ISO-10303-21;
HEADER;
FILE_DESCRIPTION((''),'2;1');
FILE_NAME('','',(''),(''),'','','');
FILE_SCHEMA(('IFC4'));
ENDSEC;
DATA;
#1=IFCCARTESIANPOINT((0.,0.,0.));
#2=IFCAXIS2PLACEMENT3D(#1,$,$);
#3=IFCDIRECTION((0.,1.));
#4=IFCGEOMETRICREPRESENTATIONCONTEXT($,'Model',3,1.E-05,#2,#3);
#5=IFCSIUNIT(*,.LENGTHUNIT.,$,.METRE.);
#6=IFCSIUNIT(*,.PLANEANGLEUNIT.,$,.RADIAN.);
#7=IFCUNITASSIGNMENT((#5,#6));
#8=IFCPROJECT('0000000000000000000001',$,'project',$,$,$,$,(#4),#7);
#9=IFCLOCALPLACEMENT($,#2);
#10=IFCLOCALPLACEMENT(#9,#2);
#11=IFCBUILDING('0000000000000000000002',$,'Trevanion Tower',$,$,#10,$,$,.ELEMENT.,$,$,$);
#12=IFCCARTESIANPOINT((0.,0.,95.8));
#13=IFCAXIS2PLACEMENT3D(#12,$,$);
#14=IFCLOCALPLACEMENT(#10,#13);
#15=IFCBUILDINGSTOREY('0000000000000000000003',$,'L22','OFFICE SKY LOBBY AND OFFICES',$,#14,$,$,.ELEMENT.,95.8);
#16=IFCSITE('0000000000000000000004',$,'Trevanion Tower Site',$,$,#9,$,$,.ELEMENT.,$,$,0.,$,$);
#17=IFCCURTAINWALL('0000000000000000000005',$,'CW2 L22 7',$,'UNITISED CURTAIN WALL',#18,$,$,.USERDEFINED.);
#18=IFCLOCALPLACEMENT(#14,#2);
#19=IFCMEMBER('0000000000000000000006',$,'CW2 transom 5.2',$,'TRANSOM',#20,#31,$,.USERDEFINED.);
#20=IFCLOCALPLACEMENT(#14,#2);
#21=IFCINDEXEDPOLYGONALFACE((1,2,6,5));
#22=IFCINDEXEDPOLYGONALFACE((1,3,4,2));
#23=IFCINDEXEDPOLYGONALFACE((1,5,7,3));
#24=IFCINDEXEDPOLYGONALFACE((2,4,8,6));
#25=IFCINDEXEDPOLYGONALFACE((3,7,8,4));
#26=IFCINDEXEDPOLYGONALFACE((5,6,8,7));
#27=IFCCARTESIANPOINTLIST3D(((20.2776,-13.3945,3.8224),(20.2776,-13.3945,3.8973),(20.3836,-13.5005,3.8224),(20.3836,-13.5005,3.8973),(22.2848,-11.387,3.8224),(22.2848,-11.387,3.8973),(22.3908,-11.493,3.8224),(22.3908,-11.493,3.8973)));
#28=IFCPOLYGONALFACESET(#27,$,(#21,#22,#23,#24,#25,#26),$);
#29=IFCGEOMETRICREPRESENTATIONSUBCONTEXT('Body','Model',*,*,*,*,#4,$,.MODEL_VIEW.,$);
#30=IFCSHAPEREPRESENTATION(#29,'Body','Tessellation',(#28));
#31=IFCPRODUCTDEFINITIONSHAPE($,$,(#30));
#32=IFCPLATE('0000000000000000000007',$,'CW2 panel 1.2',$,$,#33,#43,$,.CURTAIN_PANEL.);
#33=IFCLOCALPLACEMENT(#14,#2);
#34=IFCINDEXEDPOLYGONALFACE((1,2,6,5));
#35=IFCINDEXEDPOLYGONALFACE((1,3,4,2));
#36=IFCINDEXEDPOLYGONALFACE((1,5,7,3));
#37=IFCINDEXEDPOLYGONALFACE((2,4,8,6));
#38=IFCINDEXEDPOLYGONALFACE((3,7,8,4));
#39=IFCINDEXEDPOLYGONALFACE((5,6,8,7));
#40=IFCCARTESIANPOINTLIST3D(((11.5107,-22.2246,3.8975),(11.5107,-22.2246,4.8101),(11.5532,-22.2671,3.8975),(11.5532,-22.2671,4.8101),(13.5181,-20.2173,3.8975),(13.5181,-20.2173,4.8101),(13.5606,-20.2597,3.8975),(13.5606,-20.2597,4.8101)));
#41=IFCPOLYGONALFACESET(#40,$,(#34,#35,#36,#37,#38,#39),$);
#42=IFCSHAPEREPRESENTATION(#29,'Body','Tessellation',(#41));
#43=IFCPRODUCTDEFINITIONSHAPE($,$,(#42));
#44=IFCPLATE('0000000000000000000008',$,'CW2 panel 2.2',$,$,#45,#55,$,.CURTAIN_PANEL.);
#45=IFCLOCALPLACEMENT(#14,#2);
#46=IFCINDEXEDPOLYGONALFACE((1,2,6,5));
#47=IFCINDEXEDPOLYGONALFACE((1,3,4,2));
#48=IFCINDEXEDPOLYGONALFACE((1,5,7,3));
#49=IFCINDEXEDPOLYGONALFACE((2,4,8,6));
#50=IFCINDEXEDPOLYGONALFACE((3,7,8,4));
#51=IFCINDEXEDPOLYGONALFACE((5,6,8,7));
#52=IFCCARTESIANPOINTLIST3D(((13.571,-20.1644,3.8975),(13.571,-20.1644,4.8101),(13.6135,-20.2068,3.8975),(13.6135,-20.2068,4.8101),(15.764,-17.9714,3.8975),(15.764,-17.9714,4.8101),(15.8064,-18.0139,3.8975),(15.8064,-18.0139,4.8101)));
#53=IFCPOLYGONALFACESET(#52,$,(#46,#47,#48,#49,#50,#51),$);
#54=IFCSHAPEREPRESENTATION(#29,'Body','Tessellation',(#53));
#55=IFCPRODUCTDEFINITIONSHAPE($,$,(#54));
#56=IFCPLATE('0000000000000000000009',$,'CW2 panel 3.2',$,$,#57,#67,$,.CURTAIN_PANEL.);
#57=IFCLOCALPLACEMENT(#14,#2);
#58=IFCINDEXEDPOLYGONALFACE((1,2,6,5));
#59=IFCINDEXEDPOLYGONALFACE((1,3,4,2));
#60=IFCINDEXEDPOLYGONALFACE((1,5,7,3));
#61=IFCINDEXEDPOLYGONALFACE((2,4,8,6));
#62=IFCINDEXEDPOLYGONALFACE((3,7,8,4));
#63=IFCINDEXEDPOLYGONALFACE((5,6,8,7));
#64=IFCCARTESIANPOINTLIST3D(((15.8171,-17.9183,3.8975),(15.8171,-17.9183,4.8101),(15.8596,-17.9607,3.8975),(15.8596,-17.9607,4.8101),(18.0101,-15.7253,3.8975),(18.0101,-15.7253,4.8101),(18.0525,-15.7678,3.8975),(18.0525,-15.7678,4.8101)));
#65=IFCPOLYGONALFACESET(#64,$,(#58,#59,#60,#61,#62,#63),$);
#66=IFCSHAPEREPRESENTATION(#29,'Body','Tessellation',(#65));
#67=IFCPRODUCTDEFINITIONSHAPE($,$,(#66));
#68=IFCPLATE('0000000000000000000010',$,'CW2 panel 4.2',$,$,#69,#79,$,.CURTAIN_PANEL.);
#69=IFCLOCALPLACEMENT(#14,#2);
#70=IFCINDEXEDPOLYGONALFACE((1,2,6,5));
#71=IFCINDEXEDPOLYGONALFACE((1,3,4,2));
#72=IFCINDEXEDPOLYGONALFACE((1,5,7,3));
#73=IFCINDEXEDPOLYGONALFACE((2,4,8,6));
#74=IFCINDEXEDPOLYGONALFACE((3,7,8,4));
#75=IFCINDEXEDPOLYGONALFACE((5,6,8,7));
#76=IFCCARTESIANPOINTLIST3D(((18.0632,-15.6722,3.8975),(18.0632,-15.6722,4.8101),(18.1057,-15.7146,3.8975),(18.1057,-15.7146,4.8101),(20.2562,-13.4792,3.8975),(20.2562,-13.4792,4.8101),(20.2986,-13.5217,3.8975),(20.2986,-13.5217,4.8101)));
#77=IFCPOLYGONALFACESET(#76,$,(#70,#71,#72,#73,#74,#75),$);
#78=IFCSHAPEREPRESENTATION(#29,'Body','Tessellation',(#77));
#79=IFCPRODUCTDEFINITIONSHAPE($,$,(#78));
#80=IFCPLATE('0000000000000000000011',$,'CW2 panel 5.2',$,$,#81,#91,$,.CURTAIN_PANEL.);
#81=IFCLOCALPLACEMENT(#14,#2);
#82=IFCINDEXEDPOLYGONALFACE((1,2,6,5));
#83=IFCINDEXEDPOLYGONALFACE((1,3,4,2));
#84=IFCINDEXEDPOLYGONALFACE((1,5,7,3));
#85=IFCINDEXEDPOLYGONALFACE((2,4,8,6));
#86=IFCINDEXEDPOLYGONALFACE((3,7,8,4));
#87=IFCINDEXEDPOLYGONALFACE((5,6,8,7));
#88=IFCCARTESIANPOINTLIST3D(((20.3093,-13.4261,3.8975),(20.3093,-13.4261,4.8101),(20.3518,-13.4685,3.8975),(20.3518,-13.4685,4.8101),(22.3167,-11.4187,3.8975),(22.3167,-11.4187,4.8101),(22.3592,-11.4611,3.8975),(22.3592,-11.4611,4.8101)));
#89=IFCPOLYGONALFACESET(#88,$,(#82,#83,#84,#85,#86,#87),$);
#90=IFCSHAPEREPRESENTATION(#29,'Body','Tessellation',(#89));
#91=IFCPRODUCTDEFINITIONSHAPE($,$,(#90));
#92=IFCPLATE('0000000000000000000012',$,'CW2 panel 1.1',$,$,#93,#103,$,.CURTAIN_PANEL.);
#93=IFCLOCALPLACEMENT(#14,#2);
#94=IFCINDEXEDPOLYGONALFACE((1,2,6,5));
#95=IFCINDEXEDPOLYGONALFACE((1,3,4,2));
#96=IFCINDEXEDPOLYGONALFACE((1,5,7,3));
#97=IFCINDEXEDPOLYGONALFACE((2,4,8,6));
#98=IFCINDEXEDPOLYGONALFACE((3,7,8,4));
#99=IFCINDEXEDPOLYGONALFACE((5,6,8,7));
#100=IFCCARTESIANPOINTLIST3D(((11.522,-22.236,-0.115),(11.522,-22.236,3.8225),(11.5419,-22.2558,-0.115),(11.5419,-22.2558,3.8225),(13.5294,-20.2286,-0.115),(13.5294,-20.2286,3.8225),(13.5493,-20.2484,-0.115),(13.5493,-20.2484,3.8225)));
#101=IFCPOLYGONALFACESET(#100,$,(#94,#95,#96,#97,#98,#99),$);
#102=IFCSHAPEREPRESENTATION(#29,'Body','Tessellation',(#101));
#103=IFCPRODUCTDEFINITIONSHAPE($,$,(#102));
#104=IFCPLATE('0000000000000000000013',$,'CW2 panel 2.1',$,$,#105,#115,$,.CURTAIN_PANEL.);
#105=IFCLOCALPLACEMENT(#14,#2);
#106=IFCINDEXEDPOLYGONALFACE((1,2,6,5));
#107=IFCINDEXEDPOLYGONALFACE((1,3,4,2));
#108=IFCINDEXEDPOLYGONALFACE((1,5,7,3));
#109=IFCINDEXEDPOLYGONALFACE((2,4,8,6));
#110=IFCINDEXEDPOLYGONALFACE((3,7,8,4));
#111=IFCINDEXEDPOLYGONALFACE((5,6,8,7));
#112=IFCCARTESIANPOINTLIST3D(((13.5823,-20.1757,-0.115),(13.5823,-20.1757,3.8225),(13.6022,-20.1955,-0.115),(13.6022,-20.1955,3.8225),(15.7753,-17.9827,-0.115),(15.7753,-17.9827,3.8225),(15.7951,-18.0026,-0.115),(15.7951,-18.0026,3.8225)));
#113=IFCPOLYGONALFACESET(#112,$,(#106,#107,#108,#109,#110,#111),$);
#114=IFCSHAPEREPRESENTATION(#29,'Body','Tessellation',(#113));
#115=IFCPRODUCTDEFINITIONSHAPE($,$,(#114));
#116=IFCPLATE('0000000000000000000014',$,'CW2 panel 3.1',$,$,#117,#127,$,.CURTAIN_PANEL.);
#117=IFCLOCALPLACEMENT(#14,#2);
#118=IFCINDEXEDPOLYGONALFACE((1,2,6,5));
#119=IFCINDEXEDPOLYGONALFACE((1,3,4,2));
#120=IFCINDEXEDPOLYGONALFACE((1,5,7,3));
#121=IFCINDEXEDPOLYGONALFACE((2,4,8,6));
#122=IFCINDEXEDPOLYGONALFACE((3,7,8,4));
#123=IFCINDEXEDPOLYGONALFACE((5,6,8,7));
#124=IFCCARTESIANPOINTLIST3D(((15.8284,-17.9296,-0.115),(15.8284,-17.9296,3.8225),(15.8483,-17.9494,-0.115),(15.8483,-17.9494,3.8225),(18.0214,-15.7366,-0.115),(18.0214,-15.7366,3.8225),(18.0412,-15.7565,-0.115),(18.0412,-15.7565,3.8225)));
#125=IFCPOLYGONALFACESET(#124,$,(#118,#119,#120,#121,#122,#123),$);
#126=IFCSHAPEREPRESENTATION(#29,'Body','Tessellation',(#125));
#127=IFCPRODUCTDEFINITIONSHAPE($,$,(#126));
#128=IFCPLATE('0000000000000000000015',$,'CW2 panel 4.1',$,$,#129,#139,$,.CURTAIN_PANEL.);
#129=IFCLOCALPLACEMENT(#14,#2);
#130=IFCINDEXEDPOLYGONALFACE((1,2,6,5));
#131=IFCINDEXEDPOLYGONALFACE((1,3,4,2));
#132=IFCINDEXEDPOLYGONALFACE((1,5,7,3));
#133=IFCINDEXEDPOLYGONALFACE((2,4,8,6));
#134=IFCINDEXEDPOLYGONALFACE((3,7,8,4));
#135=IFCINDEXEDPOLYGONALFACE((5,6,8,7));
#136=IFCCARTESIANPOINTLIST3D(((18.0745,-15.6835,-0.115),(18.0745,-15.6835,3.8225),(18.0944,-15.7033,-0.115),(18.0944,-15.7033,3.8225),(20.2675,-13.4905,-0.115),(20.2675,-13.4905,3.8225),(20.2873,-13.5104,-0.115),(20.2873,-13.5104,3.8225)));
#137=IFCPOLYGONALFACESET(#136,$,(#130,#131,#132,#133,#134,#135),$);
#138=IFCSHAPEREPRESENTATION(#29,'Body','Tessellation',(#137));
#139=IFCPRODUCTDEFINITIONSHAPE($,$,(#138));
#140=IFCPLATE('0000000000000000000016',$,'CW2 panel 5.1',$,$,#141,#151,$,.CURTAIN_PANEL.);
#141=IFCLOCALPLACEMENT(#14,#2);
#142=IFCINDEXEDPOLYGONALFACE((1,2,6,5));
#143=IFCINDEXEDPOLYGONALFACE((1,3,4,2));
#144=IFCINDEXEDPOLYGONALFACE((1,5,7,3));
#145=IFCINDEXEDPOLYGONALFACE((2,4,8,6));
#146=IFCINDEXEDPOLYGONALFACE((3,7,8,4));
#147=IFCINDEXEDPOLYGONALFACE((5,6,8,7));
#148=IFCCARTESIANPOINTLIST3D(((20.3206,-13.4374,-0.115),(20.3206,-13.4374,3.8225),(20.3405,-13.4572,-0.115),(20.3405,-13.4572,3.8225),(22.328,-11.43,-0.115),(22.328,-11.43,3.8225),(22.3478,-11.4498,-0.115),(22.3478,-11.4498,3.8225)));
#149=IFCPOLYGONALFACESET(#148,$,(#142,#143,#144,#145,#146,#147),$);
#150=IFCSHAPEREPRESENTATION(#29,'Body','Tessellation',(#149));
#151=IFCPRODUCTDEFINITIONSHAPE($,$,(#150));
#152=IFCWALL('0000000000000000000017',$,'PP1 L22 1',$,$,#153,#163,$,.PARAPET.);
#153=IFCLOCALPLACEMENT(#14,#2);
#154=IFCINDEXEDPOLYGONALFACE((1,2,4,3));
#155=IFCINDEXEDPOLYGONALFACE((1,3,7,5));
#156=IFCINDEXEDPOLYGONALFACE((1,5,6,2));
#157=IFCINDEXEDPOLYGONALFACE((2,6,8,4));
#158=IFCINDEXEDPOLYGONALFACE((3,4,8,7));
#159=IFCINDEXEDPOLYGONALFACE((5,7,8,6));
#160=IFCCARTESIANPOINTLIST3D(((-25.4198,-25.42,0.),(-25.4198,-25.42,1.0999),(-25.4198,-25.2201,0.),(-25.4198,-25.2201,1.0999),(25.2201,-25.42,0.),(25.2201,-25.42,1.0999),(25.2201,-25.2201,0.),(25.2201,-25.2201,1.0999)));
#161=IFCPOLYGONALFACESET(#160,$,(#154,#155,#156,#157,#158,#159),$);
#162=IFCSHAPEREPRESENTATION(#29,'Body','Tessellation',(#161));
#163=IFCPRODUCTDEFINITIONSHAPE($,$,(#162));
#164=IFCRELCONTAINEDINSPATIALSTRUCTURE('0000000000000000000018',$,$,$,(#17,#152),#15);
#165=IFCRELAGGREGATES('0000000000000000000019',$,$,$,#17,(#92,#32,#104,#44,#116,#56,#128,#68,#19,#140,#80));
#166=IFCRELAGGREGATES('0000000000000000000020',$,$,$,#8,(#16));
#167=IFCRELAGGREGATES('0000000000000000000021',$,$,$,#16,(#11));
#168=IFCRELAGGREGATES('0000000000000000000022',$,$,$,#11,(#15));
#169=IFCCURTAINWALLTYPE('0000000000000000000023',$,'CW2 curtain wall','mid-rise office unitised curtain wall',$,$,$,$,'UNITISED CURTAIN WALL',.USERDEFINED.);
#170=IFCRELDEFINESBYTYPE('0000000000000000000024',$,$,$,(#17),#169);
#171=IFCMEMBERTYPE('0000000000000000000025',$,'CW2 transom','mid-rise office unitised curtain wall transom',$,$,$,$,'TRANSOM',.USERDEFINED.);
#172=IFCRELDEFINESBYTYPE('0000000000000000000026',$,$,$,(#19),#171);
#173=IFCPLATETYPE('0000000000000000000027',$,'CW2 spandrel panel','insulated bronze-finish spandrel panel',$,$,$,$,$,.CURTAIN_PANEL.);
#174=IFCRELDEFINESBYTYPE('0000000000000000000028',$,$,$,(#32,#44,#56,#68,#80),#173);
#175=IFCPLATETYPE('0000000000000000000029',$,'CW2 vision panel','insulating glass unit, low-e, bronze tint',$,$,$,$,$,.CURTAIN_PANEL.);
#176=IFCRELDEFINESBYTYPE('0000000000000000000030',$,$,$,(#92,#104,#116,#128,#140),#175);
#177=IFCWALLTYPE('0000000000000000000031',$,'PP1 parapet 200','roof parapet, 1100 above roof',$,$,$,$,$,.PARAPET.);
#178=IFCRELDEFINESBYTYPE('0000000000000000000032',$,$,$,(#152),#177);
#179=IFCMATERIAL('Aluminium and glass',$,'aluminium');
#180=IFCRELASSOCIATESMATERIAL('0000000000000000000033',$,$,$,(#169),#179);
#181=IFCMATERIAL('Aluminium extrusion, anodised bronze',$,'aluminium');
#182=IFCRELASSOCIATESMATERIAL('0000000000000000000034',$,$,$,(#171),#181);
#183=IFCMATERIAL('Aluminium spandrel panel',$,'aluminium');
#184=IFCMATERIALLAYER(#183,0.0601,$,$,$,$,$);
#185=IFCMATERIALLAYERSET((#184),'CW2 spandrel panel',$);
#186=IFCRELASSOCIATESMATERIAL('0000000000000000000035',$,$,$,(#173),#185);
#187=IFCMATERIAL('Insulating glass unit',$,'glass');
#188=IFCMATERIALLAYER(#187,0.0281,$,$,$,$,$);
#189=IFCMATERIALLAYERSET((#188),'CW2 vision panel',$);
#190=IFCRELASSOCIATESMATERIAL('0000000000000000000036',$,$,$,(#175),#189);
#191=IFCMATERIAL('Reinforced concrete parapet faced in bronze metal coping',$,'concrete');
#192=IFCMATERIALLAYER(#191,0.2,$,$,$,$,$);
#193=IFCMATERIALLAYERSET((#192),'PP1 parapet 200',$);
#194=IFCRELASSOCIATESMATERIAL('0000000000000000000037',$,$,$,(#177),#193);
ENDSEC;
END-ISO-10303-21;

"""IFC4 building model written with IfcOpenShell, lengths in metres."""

from ifc_helpers import new_model, si_unit, direction, frame, frame_2d, origin, origin_2d, place, context, subcontext, project, spatial, rectangle, extrude, material, layer, layer_set, material_profile, profile_set, type_object, element, aggregate, save


model = new_model("IFC4")

# Units and contexts
model_context = context("Model", 3, precision=1e-05, world=origin(), true_north=direction((0.0, 1.0)))
body_context = subcontext(model_context, "Body", "Model", "MODEL_VIEW")
ifc_project = project(units=[si_unit("LENGTHUNIT", "METRE"), si_unit("PLANEANGLEUNIT", "RADIAN")], contexts=[model_context])

# Site, building, storey
site_placement = place(None, origin())
site = spatial("IfcSite", under=ifc_project, at=site_placement, Name="Trevanion Tower Site", CompositionType="ELEMENT", RefElevation=0.0)
building_placement = place(site_placement, origin())
building = spatial("IfcBuilding", under=site, at=building_placement, Name="Trevanion Tower", CompositionType="ELEMENT")
storey_placement = place(building_placement, frame((0.0, 0.0, 95.8)))
storey = spatial("IfcBuildingStorey", under=building, at=storey_placement, Name="L22", Description="OFFICE SKY LOBBY AND OFFICES", CompositionType="ELEMENT", Elevation=95.8)

# Curtain wall, member, plates
ifc_material_1 = material(Name="Aluminium and glass", Category="aluminium")
curtain_wall_type = type_object("IfcCurtainWallType", Name="CW2 curtain wall", Description="mid-rise office unitised curtain wall", ElementType="UNITISED CURTAIN WALL", PredefinedType="USERDEFINED", material=ifc_material_1)
curtain_wall_placement = place(storey_placement, origin())
curtain_wall = element("IfcCurtainWall", 1, at=curtain_wall_placement, inside=storey, type_object=curtain_wall_type, Name="CW2 L22 7", ObjectType="UNITISED CURTAIN WALL", PredefinedType="USERDEFINED")
ifc_material_2 = material(Name="Aluminium extrusion, anodised bronze", Category="aluminium")
ifc_material_profile_1 = material_profile(ifc_material_2, rectangle(XDim=0.1499, YDim=0.075, at=origin_2d()), Name="CW2 transom")
ifc_profile_set_1 = profile_set([ifc_material_profile_1], Name="Aluminium extrusion, anodised bronze")
member_type_1 = type_object("IfcMemberType", Name="CW2 transom", Description="mid-rise office unitised curtain wall transom", ElementType="TRANSOM", PredefinedType="USERDEFINED", material=ifc_profile_set_1)
member_1_placement = place(storey_placement, frame((20.3306, -13.4475, 3.8599), z_axis=(0.707064, 0.70715, 0.0), x_axis=(-0.70715, 0.707064, 0.0)))
member_1 = element("IfcMember", 2, at=member_1_placement, type_object=member_type_1, Name="CW2 transom 5.2", ObjectType="TRANSOM", PredefinedType="USERDEFINED", context=body_context, shape_type="SweptSolid", body=[
    extrude(rectangle(XDim=0.1499, YDim=0.075, at=origin_2d()), origin(), (0.0, 0.0, 1.0), 2.8389),
])
ifc_material_3 = material(Name="Aluminium spandrel panel", Category="aluminium")
ifc_layer_1 = layer(ifc_material_3, 0.0601)
ifc_layer_set_1 = layer_set([ifc_layer_1], Name="CW2 spandrel panel")
plate_type_1 = type_object("IfcPlateType", Name="CW2 spandrel panel", Description="insulated bronze-finish spandrel panel", PredefinedType="CURTAIN_PANEL", material=ifc_layer_set_1)
plate_1_placement = place(storey_placement, frame((12.5356, -21.2422, 3.8975), z_axis=(0.0, 0.0, 1.0), x_axis=(0.707107, 0.707107, 0.0)))
plate_1 = element("IfcPlate", 3, at=plate_1_placement, type_object=plate_type_1, Name="CW2 panel 1.2", PredefinedType="CURTAIN_PANEL", context=body_context, shape_type="SweptSolid", body=[
    extrude(rectangle(XDim=2.8389, YDim=0.0601, at=origin_2d()), origin(), (0.0, 0.0, 1.0), 0.9126),
])
plate_2_placement = place(storey_placement, frame((14.6887, -19.0891, 3.8975), z_axis=(0.0, 0.0, 1.0), x_axis=(0.707107, 0.707107, 0.0)))
plate_2 = element("IfcPlate", 4, at=plate_2_placement, type_object=plate_type_1, Name="CW2 panel 2.2", PredefinedType="CURTAIN_PANEL", context=body_context, shape_type="SweptSolid", body=[
    extrude(rectangle(XDim=3.1013, YDim=0.0601, at=origin_2d()), origin(), (0.0, 0.0, 1.0), 0.9126),
])
plate_3_placement = place(storey_placement, frame((16.9348, -16.843, 3.8975), z_axis=(0.0, 0.0, 1.0), x_axis=(0.707107, 0.707107, 0.0)))
plate_3 = element("IfcPlate", 5, at=plate_3_placement, type_object=plate_type_1, Name="CW2 panel 3.2", PredefinedType="CURTAIN_PANEL", context=body_context, shape_type="SweptSolid", body=[
    extrude(rectangle(XDim=3.1013, YDim=0.0601, at=origin_2d()), origin(), (0.0, 0.0, 1.0), 0.9126),
])
plate_4_placement = place(storey_placement, frame((19.1809, -14.5969, 3.8975), z_axis=(0.0, 0.0, 1.0), x_axis=(0.707107, 0.707107, 0.0)))
plate_4 = element("IfcPlate", 6, at=plate_4_placement, type_object=plate_type_1, Name="CW2 panel 4.2", PredefinedType="CURTAIN_PANEL", context=body_context, shape_type="SweptSolid", body=[
    extrude(rectangle(XDim=3.1013, YDim=0.0601, at=origin_2d()), origin(), (0.0, 0.0, 1.0), 0.9126),
])
plate_5_placement = place(storey_placement, frame((21.3342, -12.4436, 3.8975), z_axis=(0.0, 0.0, 1.0), x_axis=(0.707107, 0.707107, 0.0)))
plate_5 = element("IfcPlate", 7, at=plate_5_placement, type_object=plate_type_1, Name="CW2 panel 5.2", PredefinedType="CURTAIN_PANEL", context=body_context, shape_type="SweptSolid", body=[
    extrude(rectangle(XDim=2.8389, YDim=0.0601, at=origin_2d()), origin(), (0.0, 0.0, 1.0), 0.9126),
])
ifc_material_4 = material(Name="Insulating glass unit", Category="glass")
ifc_layer_2 = layer(ifc_material_4, 0.0281)
ifc_layer_set_2 = layer_set([ifc_layer_2], Name="CW2 vision panel")
plate_type_2 = type_object("IfcPlateType", Name="CW2 vision panel", Description="insulating glass unit, low-e, bronze tint", PredefinedType="CURTAIN_PANEL", material=ifc_layer_set_2)
plate_6_placement = place(storey_placement, frame((12.5356, -21.2422, -0.115), z_axis=(0.0, 0.0, 1.0), x_axis=(0.707107, 0.707107, 0.0)))
plate_6 = element("IfcPlate", 8, at=plate_6_placement, type_object=plate_type_2, Name="CW2 panel 1.1", PredefinedType="CURTAIN_PANEL", context=body_context, shape_type="SweptSolid", body=[
    extrude(rectangle(XDim=2.8389, YDim=0.0281, at=origin_2d()), origin(), (0.0, 0.0, 1.0), 3.9375),
])
plate_7_placement = place(storey_placement, frame((14.6887, -19.0891, -0.115), z_axis=(0.0, 0.0, 1.0), x_axis=(0.707107, 0.707107, 0.0)))
plate_7 = element("IfcPlate", 9, at=plate_7_placement, type_object=plate_type_2, Name="CW2 panel 2.1", PredefinedType="CURTAIN_PANEL", context=body_context, shape_type="SweptSolid", body=[
    extrude(rectangle(XDim=3.1013, YDim=0.0281, at=origin_2d()), origin(), (0.0, 0.0, 1.0), 3.9375),
])
plate_8_placement = place(storey_placement, frame((16.9348, -16.843, -0.115), z_axis=(0.0, 0.0, 1.0), x_axis=(0.707107, 0.707107, 0.0)))
plate_8 = element("IfcPlate", 10, at=plate_8_placement, type_object=plate_type_2, Name="CW2 panel 3.1", PredefinedType="CURTAIN_PANEL", context=body_context, shape_type="SweptSolid", body=[
    extrude(rectangle(XDim=3.1013, YDim=0.0281, at=origin_2d()), origin(), (0.0, 0.0, 1.0), 3.9375),
])
plate_9_placement = place(storey_placement, frame((19.1809, -14.5969, -0.115), z_axis=(0.0, 0.0, 1.0), x_axis=(0.707107, 0.707107, 0.0)))
plate_9 = element("IfcPlate", 11, at=plate_9_placement, type_object=plate_type_2, Name="CW2 panel 4.1", PredefinedType="CURTAIN_PANEL", context=body_context, shape_type="SweptSolid", body=[
    extrude(rectangle(XDim=3.1013, YDim=0.0281, at=origin_2d()), origin(), (0.0, 0.0, 1.0), 3.9375),
])
plate_10_placement = place(storey_placement, frame((21.3342, -12.4436, -0.115), z_axis=(0.0, 0.0, 1.0), x_axis=(0.707107, 0.707107, 0.0)))
plate_10 = element("IfcPlate", 12, at=plate_10_placement, type_object=plate_type_2, Name="CW2 panel 5.1", PredefinedType="CURTAIN_PANEL", context=body_context, shape_type="SweptSolid", body=[
    extrude(rectangle(XDim=2.8389, YDim=0.0281, at=origin_2d()), origin(), (0.0, 0.0, 1.0), 3.9375),
])
aggregate(curtain_wall, [plate_6, plate_1, plate_7, plate_2, plate_8, plate_3, plate_9, plate_4, member_1, plate_10, plate_5])

# Wall
ifc_material_5 = material(Name="Reinforced concrete parapet faced in bronze metal coping", Category="concrete")
ifc_layer_3 = layer(ifc_material_5, 0.2)
ifc_layer_set_3 = layer_set([ifc_layer_3], Name="PP1 parapet 200")
wall_type_1 = type_object("IfcWallType", Name="PP1 parapet 200", Description="roof parapet, 1100 above roof", PredefinedType="PARAPET", material=ifc_layer_set_3)
wall_1_placement = place(storey_placement, frame((25.22, -25.3201, 0.0), z_axis=(0.0, 0.0, 1.0), x_axis=(-1.0, 0.0, 0.0)))
element("IfcWall", 13, at=wall_1_placement, inside=storey, type_object=wall_type_1, Name="PP1 L22 1", PredefinedType="PARAPET", context=body_context, shape_type="SweptSolid", body=[
    extrude(rectangle(XDim=50.6399, YDim=0.2, at=frame_2d((25.3198, 0.0))), origin(), (0.0, 0.0, 1.0), 1.0999),
])

save(model, "model.ifc")
